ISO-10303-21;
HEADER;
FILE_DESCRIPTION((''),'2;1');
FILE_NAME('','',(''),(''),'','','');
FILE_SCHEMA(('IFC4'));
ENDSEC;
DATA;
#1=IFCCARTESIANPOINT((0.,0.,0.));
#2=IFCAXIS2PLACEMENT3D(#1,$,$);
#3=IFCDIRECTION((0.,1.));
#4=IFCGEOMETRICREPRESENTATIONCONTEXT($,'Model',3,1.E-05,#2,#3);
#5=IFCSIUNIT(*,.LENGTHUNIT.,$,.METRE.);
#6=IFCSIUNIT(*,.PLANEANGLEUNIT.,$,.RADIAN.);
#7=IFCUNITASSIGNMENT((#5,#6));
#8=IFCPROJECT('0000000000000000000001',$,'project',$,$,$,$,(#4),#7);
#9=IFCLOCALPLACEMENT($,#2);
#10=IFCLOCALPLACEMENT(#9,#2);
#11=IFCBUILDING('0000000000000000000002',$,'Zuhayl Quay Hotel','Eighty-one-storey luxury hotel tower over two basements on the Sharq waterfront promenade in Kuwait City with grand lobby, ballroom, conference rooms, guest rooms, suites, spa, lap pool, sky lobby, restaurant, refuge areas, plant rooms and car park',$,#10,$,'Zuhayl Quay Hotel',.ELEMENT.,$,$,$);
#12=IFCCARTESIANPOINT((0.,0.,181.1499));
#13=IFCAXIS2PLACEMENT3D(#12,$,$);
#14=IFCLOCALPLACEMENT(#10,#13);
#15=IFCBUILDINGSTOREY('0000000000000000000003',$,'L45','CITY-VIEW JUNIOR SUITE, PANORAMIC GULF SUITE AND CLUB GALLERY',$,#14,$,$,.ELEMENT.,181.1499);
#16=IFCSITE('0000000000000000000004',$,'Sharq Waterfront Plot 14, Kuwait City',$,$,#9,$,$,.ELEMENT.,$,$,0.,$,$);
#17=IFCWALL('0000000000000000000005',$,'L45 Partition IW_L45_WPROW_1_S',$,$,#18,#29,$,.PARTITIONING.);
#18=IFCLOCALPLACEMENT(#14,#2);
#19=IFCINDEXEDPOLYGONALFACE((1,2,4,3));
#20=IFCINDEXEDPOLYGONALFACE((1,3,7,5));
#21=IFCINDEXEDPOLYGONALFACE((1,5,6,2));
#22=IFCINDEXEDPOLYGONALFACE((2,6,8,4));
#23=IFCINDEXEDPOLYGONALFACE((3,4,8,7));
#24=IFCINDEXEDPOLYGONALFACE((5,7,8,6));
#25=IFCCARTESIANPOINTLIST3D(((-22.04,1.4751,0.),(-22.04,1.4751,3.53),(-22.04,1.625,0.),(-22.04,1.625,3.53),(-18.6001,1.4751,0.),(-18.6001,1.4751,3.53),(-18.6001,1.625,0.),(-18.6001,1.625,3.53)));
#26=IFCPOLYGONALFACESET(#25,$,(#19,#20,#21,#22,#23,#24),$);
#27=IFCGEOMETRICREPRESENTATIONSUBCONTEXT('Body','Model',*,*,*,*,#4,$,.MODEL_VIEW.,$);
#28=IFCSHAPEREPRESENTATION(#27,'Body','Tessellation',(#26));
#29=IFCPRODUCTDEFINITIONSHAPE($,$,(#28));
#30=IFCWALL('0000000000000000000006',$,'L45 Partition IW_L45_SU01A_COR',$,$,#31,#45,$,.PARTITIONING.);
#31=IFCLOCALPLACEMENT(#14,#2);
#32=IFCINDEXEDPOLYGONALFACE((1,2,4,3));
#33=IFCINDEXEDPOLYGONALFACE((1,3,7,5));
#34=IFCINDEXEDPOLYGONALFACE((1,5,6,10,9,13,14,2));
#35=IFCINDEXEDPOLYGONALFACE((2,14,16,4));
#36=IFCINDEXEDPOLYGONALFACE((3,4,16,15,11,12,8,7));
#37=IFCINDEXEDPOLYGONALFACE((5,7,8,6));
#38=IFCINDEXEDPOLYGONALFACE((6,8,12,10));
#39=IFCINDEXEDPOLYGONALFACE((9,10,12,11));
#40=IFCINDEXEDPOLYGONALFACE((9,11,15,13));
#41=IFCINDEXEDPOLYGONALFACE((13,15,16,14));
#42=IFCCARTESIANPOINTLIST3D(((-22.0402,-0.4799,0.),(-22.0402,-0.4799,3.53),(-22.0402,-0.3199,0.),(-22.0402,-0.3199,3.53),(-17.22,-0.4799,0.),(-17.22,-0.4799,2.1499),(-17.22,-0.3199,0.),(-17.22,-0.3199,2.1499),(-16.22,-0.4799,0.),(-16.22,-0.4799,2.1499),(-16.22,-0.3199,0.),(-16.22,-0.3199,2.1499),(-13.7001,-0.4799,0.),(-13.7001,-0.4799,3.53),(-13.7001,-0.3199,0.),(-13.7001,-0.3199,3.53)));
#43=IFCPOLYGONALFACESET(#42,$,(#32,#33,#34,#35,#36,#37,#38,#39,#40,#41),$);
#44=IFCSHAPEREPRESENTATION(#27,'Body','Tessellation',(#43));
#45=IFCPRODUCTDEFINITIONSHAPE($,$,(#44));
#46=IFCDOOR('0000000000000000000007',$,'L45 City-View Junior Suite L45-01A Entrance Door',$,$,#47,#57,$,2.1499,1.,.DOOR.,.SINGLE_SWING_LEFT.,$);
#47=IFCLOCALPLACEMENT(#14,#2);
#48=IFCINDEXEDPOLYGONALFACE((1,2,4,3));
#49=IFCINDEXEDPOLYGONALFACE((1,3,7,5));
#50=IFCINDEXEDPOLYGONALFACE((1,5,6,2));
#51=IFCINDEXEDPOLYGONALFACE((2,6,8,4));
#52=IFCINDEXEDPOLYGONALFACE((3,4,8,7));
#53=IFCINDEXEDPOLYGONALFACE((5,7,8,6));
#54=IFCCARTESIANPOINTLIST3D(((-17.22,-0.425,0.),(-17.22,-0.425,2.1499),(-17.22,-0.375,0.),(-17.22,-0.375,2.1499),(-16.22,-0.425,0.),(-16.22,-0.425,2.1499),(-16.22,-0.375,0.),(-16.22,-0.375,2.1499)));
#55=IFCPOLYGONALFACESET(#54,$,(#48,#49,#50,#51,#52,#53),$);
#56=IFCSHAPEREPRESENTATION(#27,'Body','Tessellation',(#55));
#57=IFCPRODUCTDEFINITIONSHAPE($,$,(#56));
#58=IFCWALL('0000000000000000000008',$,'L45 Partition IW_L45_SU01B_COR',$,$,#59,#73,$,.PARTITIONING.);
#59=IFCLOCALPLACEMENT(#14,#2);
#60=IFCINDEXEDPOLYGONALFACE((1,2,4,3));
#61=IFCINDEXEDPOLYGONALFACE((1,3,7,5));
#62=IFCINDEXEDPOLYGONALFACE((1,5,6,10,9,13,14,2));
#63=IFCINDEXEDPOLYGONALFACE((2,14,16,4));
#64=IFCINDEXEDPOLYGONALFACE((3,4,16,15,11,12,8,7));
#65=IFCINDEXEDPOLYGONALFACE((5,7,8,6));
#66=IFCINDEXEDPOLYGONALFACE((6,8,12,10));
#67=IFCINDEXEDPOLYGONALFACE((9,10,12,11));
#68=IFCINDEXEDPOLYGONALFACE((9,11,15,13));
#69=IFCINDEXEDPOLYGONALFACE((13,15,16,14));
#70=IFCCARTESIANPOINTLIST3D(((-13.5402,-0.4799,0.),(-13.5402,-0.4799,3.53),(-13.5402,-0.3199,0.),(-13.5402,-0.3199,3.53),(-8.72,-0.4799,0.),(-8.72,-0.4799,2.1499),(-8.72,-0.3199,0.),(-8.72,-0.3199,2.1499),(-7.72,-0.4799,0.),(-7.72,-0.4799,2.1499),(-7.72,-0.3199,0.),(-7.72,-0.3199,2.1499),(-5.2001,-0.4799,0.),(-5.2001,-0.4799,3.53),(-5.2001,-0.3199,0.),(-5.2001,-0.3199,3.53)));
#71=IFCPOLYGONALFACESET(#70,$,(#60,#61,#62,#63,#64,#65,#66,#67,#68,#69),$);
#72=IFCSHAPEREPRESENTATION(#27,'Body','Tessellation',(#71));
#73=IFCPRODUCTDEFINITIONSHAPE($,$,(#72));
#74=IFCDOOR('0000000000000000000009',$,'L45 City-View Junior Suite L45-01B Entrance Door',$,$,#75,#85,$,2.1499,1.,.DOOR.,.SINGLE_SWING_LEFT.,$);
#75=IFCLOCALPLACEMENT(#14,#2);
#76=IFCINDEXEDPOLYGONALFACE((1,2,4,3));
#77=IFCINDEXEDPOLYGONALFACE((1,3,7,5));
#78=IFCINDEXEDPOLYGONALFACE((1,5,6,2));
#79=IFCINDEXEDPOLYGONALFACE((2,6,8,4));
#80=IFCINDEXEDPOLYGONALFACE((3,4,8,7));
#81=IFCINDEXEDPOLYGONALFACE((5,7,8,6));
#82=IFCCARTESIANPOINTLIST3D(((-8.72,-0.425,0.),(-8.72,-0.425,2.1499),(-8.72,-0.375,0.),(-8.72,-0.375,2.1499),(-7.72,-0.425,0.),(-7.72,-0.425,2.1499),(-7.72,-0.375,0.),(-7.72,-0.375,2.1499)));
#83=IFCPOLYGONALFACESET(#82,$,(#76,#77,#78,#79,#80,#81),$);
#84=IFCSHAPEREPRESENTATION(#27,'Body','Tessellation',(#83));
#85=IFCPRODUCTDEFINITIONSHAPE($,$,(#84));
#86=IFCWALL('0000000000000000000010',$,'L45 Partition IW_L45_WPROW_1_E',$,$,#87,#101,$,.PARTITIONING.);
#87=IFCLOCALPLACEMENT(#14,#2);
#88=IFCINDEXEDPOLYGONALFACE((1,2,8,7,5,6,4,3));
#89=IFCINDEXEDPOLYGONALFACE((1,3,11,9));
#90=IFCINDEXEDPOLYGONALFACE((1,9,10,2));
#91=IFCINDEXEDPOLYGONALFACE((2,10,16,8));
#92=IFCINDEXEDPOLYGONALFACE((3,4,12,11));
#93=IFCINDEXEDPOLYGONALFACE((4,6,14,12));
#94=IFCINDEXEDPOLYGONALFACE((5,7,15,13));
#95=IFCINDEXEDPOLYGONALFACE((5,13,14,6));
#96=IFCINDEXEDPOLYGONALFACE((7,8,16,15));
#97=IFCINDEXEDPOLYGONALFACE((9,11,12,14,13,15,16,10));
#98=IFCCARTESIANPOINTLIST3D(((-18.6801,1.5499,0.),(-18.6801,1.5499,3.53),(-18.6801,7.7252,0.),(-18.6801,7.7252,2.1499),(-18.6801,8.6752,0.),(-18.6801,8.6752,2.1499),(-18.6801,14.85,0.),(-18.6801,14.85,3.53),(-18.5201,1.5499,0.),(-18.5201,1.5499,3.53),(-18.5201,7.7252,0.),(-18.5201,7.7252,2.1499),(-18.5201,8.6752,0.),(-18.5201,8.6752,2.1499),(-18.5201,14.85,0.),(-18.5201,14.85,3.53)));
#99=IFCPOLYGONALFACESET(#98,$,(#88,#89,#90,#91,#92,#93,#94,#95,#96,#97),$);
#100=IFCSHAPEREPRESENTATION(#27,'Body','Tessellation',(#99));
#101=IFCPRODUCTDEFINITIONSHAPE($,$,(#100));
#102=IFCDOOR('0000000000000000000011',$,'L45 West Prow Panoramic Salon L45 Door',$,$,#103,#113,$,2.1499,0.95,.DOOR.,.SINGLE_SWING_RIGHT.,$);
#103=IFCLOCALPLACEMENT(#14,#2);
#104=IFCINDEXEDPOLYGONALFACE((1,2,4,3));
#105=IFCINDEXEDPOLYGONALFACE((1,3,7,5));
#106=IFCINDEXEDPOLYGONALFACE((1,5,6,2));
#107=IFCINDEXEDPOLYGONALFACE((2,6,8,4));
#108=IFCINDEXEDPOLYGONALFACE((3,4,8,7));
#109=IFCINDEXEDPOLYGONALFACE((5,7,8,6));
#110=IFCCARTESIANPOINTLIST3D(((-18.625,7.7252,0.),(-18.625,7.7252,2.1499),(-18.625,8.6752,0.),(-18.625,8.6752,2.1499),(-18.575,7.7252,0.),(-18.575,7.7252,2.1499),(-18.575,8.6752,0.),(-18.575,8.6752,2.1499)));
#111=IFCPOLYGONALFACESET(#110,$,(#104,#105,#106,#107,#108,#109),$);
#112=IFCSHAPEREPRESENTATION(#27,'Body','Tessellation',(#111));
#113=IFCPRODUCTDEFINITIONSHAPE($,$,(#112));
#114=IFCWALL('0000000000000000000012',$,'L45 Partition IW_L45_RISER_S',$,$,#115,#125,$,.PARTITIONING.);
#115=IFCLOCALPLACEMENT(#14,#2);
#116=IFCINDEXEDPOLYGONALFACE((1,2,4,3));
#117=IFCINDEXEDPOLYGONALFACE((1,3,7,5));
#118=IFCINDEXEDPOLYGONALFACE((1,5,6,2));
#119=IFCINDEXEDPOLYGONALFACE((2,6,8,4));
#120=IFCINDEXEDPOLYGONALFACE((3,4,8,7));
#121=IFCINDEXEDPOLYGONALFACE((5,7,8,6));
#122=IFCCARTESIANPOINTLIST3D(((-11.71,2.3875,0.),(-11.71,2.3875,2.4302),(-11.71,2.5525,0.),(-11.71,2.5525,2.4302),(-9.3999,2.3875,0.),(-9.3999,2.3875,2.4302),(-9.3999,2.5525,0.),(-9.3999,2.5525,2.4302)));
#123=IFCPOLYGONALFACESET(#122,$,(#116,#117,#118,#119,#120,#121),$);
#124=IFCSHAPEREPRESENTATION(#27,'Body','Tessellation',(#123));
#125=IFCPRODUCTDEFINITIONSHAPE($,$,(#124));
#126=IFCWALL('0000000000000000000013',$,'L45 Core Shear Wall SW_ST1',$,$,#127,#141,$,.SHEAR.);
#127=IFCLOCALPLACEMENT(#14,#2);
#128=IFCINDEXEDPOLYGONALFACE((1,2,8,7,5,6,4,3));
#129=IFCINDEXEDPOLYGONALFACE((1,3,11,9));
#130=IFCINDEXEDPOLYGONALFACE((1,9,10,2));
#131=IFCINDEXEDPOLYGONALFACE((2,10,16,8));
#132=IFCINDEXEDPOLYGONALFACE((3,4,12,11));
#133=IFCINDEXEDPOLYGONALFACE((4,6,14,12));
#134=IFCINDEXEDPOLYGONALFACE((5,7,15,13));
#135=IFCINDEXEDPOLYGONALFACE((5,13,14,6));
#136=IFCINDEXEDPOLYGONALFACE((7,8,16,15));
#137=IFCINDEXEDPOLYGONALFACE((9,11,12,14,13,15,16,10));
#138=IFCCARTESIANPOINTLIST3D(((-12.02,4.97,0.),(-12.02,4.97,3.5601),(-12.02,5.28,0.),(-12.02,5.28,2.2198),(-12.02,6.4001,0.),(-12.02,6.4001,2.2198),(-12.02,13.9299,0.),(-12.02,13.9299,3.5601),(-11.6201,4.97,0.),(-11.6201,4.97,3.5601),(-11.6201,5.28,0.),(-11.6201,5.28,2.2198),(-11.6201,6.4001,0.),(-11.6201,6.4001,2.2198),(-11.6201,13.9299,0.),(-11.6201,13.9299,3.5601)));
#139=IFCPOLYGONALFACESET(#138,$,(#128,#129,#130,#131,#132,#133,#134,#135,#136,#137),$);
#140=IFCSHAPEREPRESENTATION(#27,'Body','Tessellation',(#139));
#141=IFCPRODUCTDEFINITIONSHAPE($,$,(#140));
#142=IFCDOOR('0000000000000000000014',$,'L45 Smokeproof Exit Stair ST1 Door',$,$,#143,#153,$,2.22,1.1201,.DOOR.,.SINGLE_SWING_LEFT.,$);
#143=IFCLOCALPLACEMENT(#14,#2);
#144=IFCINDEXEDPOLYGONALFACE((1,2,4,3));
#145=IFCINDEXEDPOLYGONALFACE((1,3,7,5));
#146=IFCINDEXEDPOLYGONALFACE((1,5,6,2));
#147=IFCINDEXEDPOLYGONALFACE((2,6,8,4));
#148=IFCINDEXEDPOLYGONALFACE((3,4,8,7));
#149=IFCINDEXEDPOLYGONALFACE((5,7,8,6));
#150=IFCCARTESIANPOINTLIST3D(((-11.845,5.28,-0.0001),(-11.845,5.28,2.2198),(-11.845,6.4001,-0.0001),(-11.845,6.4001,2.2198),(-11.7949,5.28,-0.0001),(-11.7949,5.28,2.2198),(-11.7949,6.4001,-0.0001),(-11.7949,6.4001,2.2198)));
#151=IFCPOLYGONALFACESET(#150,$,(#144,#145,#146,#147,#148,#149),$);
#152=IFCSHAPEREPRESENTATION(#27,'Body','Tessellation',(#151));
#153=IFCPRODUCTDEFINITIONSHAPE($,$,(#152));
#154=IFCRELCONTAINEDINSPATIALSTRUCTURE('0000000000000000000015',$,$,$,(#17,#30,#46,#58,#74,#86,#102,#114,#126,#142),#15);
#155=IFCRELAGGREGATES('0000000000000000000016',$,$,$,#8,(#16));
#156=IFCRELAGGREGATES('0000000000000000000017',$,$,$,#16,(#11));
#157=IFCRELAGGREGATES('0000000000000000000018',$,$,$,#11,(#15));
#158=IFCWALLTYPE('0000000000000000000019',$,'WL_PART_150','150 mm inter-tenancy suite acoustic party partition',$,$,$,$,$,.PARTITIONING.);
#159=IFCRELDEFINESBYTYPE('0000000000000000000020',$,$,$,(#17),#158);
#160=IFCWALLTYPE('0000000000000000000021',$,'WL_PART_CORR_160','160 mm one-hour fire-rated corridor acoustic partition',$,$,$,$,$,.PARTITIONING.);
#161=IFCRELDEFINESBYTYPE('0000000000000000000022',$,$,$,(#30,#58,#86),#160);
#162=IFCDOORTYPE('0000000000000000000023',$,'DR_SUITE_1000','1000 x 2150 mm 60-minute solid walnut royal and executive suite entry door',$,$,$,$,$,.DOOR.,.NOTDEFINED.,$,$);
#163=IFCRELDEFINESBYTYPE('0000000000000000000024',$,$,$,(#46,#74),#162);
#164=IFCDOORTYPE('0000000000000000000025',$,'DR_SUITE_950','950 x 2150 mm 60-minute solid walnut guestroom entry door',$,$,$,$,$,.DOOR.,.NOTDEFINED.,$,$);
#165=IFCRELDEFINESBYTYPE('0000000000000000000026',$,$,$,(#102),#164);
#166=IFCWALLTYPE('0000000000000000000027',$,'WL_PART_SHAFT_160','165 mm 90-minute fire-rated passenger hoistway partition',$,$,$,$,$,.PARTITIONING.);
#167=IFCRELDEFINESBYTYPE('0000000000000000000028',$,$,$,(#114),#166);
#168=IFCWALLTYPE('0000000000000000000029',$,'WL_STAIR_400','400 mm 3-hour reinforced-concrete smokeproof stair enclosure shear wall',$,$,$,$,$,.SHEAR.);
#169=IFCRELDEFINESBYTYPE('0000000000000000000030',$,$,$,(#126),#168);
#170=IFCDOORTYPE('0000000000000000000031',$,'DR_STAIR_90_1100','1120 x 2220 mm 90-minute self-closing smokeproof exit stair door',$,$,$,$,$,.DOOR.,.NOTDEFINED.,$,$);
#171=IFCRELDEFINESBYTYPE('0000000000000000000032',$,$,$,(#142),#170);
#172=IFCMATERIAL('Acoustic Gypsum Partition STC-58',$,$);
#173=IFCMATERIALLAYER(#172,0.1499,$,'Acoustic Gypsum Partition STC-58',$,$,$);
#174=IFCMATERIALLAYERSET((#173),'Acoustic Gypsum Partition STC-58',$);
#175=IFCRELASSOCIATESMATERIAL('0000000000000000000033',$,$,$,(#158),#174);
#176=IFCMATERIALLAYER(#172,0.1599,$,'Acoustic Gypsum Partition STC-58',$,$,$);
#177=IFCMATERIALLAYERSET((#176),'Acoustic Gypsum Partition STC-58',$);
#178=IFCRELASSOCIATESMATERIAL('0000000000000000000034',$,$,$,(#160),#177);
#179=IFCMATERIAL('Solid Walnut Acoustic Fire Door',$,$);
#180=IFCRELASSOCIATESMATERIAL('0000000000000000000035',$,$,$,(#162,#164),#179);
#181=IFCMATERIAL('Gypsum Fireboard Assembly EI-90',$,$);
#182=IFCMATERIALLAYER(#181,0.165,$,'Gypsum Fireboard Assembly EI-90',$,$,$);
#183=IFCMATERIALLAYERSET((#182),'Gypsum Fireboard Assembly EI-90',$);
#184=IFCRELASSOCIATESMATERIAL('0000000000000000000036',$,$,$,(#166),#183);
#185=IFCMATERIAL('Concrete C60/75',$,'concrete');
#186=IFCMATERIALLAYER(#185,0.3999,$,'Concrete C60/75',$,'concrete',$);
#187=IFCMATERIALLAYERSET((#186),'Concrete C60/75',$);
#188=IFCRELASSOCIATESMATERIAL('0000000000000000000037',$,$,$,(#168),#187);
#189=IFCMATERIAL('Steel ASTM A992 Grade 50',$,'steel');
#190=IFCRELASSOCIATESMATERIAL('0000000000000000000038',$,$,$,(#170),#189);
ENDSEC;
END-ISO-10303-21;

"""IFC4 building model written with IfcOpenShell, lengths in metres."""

from ifc_helpers import new_model, si_unit, direction, frame, frame_2d, origin, place, context, subcontext, project, spatial, rectangle, extrude, material, layer, layer_set, type_object, element, fill, save


model = new_model("IFC4")

# Units and contexts
model_context = context("Model", 3, precision=1e-05, world=origin(), true_north=direction((0.0, 1.0)))
body_context = subcontext(model_context, "Body", "Model", "MODEL_VIEW")
ifc_project = project(units=[si_unit("LENGTHUNIT", "METRE"), si_unit("PLANEANGLEUNIT", "RADIAN")], contexts=[model_context])

# Site, building, storey
site_placement = place(None, origin())
site = spatial("IfcSite", under=ifc_project, at=site_placement, Name="Sharq Waterfront Plot 14, Kuwait City", CompositionType="ELEMENT", RefElevation=0.0)
building_placement = place(site_placement, origin())
building = spatial("IfcBuilding", under=site, at=building_placement, Name="Zuhayl Quay Hotel", Description="Eighty-one-storey luxury hotel tower over two basements on the Sharq waterfront promenade in Kuwait City with grand lobby, ballroom, conference rooms, guest rooms, suites, spa, lap pool, sky lobby, restaurant, refuge areas, plant rooms and car park", LongName="Zuhayl Quay Hotel", CompositionType="ELEMENT")
storey_placement = place(building_placement, frame((0.0, 0.0, 181.1499)))
storey = spatial("IfcBuildingStorey", under=building, at=storey_placement, Name="L45", Description="CITY-VIEW JUNIOR SUITE, PANORAMIC GULF SUITE AND CLUB GALLERY", CompositionType="ELEMENT", Elevation=181.1499)

# Shared definitions
ifc_material_1 = material(Name="Concrete C60/75", Category="concrete")

# Shared definitions
ifc_material_2 = material(Name="Steel ASTM A992 Grade 50", Category="steel")

# Wall
ifc_material_3 = material(Name="Acoustic Gypsum Partition STC-58")
ifc_layer_1 = layer(ifc_material_3, 0.1499, Name="Acoustic Gypsum Partition STC-58")
ifc_layer_set_1 = layer_set([ifc_layer_1], Name="Acoustic Gypsum Partition STC-58")
wall_type_1 = type_object("IfcWallType", Name="WL_PART_150", Description="150 mm inter-tenancy suite acoustic party partition", PredefinedType="PARTITIONING", material=ifc_layer_set_1)
wall_1_placement = place(storey_placement, frame((-22.04, 1.55, 0.0), z_axis=(0.0, 0.0, 1.0), x_axis=(1.0, 0.0, 0.0)))
element("IfcWall", 1, at=wall_1_placement, inside=storey, type_object=wall_type_1, Name="L45 Partition IW_L45_WPROW_1_S", PredefinedType="PARTITIONING", context=body_context, shape_type="SweptSolid", body=[
    extrude(rectangle(XDim=3.4399, YDim=0.1499, at=frame_2d((1.72, 0.0))), origin(), (0.0, 0.0, 1.0), 3.53),
])

# Walls, openings, doors
ifc_layer_2 = layer(ifc_material_3, 0.1599, Name="Acoustic Gypsum Partition STC-58")
ifc_layer_set_2 = layer_set([ifc_layer_2], Name="Acoustic Gypsum Partition STC-58")
wall_type_2 = type_object("IfcWallType", Name="WL_PART_CORR_160", Description="160 mm one-hour fire-rated corridor acoustic partition", PredefinedType="PARTITIONING", material=ifc_layer_set_2)
wall_2_placement = place(storey_placement, frame((-22.04, -0.3999, 0.0), z_axis=(0.0, 0.0, 1.0), x_axis=(1.0, 0.0, 0.0)))
wall_2 = element("IfcWall", 2, at=wall_2_placement, inside=storey, type_object=wall_type_2, Name="L45 Partition IW_L45_SU01A_COR", PredefinedType="PARTITIONING", context=body_context, shape_type="SweptSolid", body=[
    extrude(rectangle(XDim=8.3401, YDim=0.1599, at=frame_2d((4.1699, 0.0))), origin(), (0.0, 0.0, 1.0), 3.53),
])
opening_1_placement = place(wall_2_placement, frame((4.8201, 0.0, 0.0)))
opening_1 = element("IfcOpeningElement", 3, at=opening_1_placement, cuts=wall_2, PredefinedType="OPENING", context=body_context, shape_type="SweptSolid", body=[
    extrude(rectangle(XDim=1.0, YDim=2.1499, at=frame_2d((0.5, 1.075))), frame((0.0, 0.0898, 0.0), z_axis=(0.0, -1.0, 0.0), x_axis=(1.0, 0.0, 0.0)), (0.0, 0.0, 1.0), 0.1799),
])
ifc_material_4 = material(Name="Solid Walnut Acoustic Fire Door")
door_type_1 = type_object("IfcDoorType", Name="DR_SUITE_1000", Description="1000 x 2150 mm 60-minute solid walnut royal and executive suite entry door", OperationType="NOTDEFINED", PredefinedType="DOOR", material=ifc_material_4)
door_1_placement = place(opening_1_placement, origin())
door_1 = element("IfcDoor", 4, at=door_1_placement, inside=storey, type_object=door_type_1, Name="L45 City-View Junior Suite L45-01A Entrance Door", OperationType="SINGLE_SWING_LEFT", OverallHeight=2.1499, OverallWidth=1.0, PredefinedType="DOOR", context=body_context, shape_type="SweptSolid", body=[
    extrude(rectangle(XDim=1.0, YDim=2.1499, at=frame_2d((0.5, 1.075))), frame((0.0, 0.0249, 0.0), z_axis=(0.0, -1.0, 0.0), x_axis=(1.0, 0.0, 0.0)), (0.0, 0.0, 1.0), 0.05),
])
fill(opening_1, door_1)
wall_3_placement = place(storey_placement, frame((-13.54, -0.3999, 0.0), z_axis=(0.0, 0.0, 1.0), x_axis=(1.0, 0.0, 0.0)))
wall_3 = element("IfcWall", 5, at=wall_3_placement, inside=storey, type_object=wall_type_2, Name="L45 Partition IW_L45_SU01B_COR", PredefinedType="PARTITIONING", context=body_context, shape_type="SweptSolid", body=[
    extrude(rectangle(XDim=8.3401, YDim=0.1599, at=frame_2d((4.1699, 0.0))), origin(), (0.0, 0.0, 1.0), 3.53),
])
opening_2_placement = place(wall_3_placement, frame((4.8201, 0.0, 0.0)))
opening_2 = element("IfcOpeningElement", 6, at=opening_2_placement, cuts=wall_3, PredefinedType="OPENING", context=body_context, shape_type="SweptSolid", body=[
    extrude(rectangle(XDim=1.0, YDim=2.1499, at=frame_2d((0.5, 1.075))), frame((0.0, 0.0898, 0.0), z_axis=(0.0, -1.0, 0.0), x_axis=(1.0, 0.0, 0.0)), (0.0, 0.0, 1.0), 0.1799),
])
door_2_placement = place(opening_2_placement, origin())
door_2 = element("IfcDoor", 7, at=door_2_placement, inside=storey, type_object=door_type_1, Name="L45 City-View Junior Suite L45-01B Entrance Door", OperationType="SINGLE_SWING_LEFT", OverallHeight=2.1499, OverallWidth=1.0, PredefinedType="DOOR", context=body_context, shape_type="SweptSolid", body=[
    extrude(rectangle(XDim=1.0, YDim=2.1499, at=frame_2d((0.5, 1.075))), frame((0.0, 0.0249, 0.0), z_axis=(0.0, -1.0, 0.0), x_axis=(1.0, 0.0, 0.0)), (0.0, 0.0, 1.0), 0.05),
])
fill(opening_2, door_2)
wall_4_placement = place(storey_placement, frame((-18.6001, 1.55, 0.0), z_axis=(0.0, 0.0, 1.0), x_axis=(0.0, 1.0, 0.0)))
wall_4 = element("IfcWall", 8, at=wall_4_placement, inside=storey, type_object=wall_type_2, Name="L45 Partition IW_L45_WPROW_1_E", PredefinedType="PARTITIONING", context=body_context, shape_type="SweptSolid", body=[
    extrude(rectangle(XDim=13.3, YDim=0.1599, at=frame_2d((6.6499, 0.0))), origin(), (0.0, 0.0, 1.0), 3.53),
])
opening_3_placement = place(wall_4_placement, frame((6.175, 0.0, 0.0)))
opening_3 = element("IfcOpeningElement", 9, at=opening_3_placement, cuts=wall_4, PredefinedType="OPENING", context=body_context, shape_type="SweptSolid", body=[
    extrude(rectangle(XDim=0.95, YDim=2.1499, at=frame_2d((0.4751, 1.075))), frame((0.0, 0.0898, 0.0), z_axis=(0.0, -1.0, 0.0), x_axis=(1.0, 0.0, 0.0)), (0.0, 0.0, 1.0), 0.1799),
])
door_type_2 = type_object("IfcDoorType", Name="DR_SUITE_950", Description="950 x 2150 mm 60-minute solid walnut guestroom entry door", OperationType="NOTDEFINED", PredefinedType="DOOR", material=ifc_material_4)
door_3_placement = place(opening_3_placement, origin())
door_3 = element("IfcDoor", 10, at=door_3_placement, inside=storey, type_object=door_type_2, Name="L45 West Prow Panoramic Salon L45 Door", OperationType="SINGLE_SWING_RIGHT", OverallHeight=2.1499, OverallWidth=0.95, PredefinedType="DOOR", context=body_context, shape_type="SweptSolid", body=[
    extrude(rectangle(XDim=0.95, YDim=2.1499, at=frame_2d((0.4751, 1.075))), frame((0.0, 0.0249, 0.0), z_axis=(0.0, -1.0, 0.0), x_axis=(1.0, 0.0, 0.0)), (0.0, 0.0, 1.0), 0.05),
])
fill(opening_3, door_3)

# Wall
ifc_material_5 = material(Name="Gypsum Fireboard Assembly EI-90")
ifc_layer_3 = layer(ifc_material_5, 0.165, Name="Gypsum Fireboard Assembly EI-90")
ifc_layer_set_3 = layer_set([ifc_layer_3], Name="Gypsum Fireboard Assembly EI-90")
wall_type_3 = type_object("IfcWallType", Name="WL_PART_SHAFT_160", Description="165 mm 90-minute fire-rated passenger hoistway partition", PredefinedType="PARTITIONING", material=ifc_layer_set_3)
wall_5_placement = place(storey_placement, frame((-11.71, 2.47, 0.0), z_axis=(0.0, 0.0, 1.0), x_axis=(1.0, 0.0, 0.0)))
element("IfcWall", 11, at=wall_5_placement, inside=storey, type_object=wall_type_3, Name="L45 Partition IW_L45_RISER_S", PredefinedType="PARTITIONING", context=body_context, shape_type="SweptSolid", body=[
    extrude(rectangle(XDim=2.3101, YDim=0.165, at=frame_2d((1.155, 0.0))), origin(), (0.0, 0.0, 1.0), 2.4302),
])

# Wall, opening, door
ifc_layer_4 = layer(ifc_material_1, 0.3999, Name="Concrete C60/75", Category="concrete")
ifc_layer_set_4 = layer_set([ifc_layer_4], Name="Concrete C60/75")
wall_type_4 = type_object("IfcWallType", Name="WL_STAIR_400", Description="400 mm 3-hour reinforced-concrete smokeproof stair enclosure shear wall", PredefinedType="SHEAR", material=ifc_layer_set_4)
wall_6_placement = place(storey_placement, frame((-11.8201, 4.97, 0.0), z_axis=(0.0, 0.0, 1.0), x_axis=(0.0, 1.0, 0.0)))
wall_6 = element("IfcWall", 12, at=wall_6_placement, inside=storey, type_object=wall_type_4, Name="L45 Core Shear Wall SW_ST1", PredefinedType="SHEAR", context=body_context, shape_type="SweptSolid", body=[
    extrude(rectangle(XDim=8.96, YDim=0.3999, at=frame_2d((4.48, 0.0))), origin(), (0.0, 0.0, 1.0), 3.5601),
])
opening_4_placement = place(wall_6_placement, frame((0.3101, 0.0, 0.0)))
opening_4 = element("IfcOpeningElement", 13, at=opening_4_placement, cuts=wall_6, PredefinedType="OPENING", context=body_context, shape_type="SweptSolid", body=[
    extrude(rectangle(XDim=1.1201, YDim=2.22, at=frame_2d((0.5601, 1.1099))), frame((0.0, 0.21, 0.0), z_axis=(0.0, -1.0, 0.0), x_axis=(1.0, 0.0, 0.0)), (0.0, 0.0, 1.0), 0.4199),
])
door_type_3 = type_object("IfcDoorType", Name="DR_STAIR_90_1100", Description="1120 x 2220 mm 90-minute self-closing smokeproof exit stair door", OperationType="NOTDEFINED", PredefinedType="DOOR", material=ifc_material_2)
door_4_placement = place(opening_4_placement, origin())
door_4 = element("IfcDoor", 14, at=door_4_placement, inside=storey, type_object=door_type_3, Name="L45 Smokeproof Exit Stair ST1 Door", OperationType="SINGLE_SWING_LEFT", OverallHeight=2.22, OverallWidth=1.1201, PredefinedType="DOOR", context=body_context, shape_type="SweptSolid", body=[
    extrude(rectangle(XDim=1.1201, YDim=2.22, at=frame_2d((0.5601, 1.1099))), frame((0.0, 0.0249, 0.0), z_axis=(0.0, -1.0, 0.0), x_axis=(1.0, 0.0, 0.0)), (0.0, 0.0, 1.0), 0.05),
])
fill(opening_4, door_4)

save(model, "model.ifc")
